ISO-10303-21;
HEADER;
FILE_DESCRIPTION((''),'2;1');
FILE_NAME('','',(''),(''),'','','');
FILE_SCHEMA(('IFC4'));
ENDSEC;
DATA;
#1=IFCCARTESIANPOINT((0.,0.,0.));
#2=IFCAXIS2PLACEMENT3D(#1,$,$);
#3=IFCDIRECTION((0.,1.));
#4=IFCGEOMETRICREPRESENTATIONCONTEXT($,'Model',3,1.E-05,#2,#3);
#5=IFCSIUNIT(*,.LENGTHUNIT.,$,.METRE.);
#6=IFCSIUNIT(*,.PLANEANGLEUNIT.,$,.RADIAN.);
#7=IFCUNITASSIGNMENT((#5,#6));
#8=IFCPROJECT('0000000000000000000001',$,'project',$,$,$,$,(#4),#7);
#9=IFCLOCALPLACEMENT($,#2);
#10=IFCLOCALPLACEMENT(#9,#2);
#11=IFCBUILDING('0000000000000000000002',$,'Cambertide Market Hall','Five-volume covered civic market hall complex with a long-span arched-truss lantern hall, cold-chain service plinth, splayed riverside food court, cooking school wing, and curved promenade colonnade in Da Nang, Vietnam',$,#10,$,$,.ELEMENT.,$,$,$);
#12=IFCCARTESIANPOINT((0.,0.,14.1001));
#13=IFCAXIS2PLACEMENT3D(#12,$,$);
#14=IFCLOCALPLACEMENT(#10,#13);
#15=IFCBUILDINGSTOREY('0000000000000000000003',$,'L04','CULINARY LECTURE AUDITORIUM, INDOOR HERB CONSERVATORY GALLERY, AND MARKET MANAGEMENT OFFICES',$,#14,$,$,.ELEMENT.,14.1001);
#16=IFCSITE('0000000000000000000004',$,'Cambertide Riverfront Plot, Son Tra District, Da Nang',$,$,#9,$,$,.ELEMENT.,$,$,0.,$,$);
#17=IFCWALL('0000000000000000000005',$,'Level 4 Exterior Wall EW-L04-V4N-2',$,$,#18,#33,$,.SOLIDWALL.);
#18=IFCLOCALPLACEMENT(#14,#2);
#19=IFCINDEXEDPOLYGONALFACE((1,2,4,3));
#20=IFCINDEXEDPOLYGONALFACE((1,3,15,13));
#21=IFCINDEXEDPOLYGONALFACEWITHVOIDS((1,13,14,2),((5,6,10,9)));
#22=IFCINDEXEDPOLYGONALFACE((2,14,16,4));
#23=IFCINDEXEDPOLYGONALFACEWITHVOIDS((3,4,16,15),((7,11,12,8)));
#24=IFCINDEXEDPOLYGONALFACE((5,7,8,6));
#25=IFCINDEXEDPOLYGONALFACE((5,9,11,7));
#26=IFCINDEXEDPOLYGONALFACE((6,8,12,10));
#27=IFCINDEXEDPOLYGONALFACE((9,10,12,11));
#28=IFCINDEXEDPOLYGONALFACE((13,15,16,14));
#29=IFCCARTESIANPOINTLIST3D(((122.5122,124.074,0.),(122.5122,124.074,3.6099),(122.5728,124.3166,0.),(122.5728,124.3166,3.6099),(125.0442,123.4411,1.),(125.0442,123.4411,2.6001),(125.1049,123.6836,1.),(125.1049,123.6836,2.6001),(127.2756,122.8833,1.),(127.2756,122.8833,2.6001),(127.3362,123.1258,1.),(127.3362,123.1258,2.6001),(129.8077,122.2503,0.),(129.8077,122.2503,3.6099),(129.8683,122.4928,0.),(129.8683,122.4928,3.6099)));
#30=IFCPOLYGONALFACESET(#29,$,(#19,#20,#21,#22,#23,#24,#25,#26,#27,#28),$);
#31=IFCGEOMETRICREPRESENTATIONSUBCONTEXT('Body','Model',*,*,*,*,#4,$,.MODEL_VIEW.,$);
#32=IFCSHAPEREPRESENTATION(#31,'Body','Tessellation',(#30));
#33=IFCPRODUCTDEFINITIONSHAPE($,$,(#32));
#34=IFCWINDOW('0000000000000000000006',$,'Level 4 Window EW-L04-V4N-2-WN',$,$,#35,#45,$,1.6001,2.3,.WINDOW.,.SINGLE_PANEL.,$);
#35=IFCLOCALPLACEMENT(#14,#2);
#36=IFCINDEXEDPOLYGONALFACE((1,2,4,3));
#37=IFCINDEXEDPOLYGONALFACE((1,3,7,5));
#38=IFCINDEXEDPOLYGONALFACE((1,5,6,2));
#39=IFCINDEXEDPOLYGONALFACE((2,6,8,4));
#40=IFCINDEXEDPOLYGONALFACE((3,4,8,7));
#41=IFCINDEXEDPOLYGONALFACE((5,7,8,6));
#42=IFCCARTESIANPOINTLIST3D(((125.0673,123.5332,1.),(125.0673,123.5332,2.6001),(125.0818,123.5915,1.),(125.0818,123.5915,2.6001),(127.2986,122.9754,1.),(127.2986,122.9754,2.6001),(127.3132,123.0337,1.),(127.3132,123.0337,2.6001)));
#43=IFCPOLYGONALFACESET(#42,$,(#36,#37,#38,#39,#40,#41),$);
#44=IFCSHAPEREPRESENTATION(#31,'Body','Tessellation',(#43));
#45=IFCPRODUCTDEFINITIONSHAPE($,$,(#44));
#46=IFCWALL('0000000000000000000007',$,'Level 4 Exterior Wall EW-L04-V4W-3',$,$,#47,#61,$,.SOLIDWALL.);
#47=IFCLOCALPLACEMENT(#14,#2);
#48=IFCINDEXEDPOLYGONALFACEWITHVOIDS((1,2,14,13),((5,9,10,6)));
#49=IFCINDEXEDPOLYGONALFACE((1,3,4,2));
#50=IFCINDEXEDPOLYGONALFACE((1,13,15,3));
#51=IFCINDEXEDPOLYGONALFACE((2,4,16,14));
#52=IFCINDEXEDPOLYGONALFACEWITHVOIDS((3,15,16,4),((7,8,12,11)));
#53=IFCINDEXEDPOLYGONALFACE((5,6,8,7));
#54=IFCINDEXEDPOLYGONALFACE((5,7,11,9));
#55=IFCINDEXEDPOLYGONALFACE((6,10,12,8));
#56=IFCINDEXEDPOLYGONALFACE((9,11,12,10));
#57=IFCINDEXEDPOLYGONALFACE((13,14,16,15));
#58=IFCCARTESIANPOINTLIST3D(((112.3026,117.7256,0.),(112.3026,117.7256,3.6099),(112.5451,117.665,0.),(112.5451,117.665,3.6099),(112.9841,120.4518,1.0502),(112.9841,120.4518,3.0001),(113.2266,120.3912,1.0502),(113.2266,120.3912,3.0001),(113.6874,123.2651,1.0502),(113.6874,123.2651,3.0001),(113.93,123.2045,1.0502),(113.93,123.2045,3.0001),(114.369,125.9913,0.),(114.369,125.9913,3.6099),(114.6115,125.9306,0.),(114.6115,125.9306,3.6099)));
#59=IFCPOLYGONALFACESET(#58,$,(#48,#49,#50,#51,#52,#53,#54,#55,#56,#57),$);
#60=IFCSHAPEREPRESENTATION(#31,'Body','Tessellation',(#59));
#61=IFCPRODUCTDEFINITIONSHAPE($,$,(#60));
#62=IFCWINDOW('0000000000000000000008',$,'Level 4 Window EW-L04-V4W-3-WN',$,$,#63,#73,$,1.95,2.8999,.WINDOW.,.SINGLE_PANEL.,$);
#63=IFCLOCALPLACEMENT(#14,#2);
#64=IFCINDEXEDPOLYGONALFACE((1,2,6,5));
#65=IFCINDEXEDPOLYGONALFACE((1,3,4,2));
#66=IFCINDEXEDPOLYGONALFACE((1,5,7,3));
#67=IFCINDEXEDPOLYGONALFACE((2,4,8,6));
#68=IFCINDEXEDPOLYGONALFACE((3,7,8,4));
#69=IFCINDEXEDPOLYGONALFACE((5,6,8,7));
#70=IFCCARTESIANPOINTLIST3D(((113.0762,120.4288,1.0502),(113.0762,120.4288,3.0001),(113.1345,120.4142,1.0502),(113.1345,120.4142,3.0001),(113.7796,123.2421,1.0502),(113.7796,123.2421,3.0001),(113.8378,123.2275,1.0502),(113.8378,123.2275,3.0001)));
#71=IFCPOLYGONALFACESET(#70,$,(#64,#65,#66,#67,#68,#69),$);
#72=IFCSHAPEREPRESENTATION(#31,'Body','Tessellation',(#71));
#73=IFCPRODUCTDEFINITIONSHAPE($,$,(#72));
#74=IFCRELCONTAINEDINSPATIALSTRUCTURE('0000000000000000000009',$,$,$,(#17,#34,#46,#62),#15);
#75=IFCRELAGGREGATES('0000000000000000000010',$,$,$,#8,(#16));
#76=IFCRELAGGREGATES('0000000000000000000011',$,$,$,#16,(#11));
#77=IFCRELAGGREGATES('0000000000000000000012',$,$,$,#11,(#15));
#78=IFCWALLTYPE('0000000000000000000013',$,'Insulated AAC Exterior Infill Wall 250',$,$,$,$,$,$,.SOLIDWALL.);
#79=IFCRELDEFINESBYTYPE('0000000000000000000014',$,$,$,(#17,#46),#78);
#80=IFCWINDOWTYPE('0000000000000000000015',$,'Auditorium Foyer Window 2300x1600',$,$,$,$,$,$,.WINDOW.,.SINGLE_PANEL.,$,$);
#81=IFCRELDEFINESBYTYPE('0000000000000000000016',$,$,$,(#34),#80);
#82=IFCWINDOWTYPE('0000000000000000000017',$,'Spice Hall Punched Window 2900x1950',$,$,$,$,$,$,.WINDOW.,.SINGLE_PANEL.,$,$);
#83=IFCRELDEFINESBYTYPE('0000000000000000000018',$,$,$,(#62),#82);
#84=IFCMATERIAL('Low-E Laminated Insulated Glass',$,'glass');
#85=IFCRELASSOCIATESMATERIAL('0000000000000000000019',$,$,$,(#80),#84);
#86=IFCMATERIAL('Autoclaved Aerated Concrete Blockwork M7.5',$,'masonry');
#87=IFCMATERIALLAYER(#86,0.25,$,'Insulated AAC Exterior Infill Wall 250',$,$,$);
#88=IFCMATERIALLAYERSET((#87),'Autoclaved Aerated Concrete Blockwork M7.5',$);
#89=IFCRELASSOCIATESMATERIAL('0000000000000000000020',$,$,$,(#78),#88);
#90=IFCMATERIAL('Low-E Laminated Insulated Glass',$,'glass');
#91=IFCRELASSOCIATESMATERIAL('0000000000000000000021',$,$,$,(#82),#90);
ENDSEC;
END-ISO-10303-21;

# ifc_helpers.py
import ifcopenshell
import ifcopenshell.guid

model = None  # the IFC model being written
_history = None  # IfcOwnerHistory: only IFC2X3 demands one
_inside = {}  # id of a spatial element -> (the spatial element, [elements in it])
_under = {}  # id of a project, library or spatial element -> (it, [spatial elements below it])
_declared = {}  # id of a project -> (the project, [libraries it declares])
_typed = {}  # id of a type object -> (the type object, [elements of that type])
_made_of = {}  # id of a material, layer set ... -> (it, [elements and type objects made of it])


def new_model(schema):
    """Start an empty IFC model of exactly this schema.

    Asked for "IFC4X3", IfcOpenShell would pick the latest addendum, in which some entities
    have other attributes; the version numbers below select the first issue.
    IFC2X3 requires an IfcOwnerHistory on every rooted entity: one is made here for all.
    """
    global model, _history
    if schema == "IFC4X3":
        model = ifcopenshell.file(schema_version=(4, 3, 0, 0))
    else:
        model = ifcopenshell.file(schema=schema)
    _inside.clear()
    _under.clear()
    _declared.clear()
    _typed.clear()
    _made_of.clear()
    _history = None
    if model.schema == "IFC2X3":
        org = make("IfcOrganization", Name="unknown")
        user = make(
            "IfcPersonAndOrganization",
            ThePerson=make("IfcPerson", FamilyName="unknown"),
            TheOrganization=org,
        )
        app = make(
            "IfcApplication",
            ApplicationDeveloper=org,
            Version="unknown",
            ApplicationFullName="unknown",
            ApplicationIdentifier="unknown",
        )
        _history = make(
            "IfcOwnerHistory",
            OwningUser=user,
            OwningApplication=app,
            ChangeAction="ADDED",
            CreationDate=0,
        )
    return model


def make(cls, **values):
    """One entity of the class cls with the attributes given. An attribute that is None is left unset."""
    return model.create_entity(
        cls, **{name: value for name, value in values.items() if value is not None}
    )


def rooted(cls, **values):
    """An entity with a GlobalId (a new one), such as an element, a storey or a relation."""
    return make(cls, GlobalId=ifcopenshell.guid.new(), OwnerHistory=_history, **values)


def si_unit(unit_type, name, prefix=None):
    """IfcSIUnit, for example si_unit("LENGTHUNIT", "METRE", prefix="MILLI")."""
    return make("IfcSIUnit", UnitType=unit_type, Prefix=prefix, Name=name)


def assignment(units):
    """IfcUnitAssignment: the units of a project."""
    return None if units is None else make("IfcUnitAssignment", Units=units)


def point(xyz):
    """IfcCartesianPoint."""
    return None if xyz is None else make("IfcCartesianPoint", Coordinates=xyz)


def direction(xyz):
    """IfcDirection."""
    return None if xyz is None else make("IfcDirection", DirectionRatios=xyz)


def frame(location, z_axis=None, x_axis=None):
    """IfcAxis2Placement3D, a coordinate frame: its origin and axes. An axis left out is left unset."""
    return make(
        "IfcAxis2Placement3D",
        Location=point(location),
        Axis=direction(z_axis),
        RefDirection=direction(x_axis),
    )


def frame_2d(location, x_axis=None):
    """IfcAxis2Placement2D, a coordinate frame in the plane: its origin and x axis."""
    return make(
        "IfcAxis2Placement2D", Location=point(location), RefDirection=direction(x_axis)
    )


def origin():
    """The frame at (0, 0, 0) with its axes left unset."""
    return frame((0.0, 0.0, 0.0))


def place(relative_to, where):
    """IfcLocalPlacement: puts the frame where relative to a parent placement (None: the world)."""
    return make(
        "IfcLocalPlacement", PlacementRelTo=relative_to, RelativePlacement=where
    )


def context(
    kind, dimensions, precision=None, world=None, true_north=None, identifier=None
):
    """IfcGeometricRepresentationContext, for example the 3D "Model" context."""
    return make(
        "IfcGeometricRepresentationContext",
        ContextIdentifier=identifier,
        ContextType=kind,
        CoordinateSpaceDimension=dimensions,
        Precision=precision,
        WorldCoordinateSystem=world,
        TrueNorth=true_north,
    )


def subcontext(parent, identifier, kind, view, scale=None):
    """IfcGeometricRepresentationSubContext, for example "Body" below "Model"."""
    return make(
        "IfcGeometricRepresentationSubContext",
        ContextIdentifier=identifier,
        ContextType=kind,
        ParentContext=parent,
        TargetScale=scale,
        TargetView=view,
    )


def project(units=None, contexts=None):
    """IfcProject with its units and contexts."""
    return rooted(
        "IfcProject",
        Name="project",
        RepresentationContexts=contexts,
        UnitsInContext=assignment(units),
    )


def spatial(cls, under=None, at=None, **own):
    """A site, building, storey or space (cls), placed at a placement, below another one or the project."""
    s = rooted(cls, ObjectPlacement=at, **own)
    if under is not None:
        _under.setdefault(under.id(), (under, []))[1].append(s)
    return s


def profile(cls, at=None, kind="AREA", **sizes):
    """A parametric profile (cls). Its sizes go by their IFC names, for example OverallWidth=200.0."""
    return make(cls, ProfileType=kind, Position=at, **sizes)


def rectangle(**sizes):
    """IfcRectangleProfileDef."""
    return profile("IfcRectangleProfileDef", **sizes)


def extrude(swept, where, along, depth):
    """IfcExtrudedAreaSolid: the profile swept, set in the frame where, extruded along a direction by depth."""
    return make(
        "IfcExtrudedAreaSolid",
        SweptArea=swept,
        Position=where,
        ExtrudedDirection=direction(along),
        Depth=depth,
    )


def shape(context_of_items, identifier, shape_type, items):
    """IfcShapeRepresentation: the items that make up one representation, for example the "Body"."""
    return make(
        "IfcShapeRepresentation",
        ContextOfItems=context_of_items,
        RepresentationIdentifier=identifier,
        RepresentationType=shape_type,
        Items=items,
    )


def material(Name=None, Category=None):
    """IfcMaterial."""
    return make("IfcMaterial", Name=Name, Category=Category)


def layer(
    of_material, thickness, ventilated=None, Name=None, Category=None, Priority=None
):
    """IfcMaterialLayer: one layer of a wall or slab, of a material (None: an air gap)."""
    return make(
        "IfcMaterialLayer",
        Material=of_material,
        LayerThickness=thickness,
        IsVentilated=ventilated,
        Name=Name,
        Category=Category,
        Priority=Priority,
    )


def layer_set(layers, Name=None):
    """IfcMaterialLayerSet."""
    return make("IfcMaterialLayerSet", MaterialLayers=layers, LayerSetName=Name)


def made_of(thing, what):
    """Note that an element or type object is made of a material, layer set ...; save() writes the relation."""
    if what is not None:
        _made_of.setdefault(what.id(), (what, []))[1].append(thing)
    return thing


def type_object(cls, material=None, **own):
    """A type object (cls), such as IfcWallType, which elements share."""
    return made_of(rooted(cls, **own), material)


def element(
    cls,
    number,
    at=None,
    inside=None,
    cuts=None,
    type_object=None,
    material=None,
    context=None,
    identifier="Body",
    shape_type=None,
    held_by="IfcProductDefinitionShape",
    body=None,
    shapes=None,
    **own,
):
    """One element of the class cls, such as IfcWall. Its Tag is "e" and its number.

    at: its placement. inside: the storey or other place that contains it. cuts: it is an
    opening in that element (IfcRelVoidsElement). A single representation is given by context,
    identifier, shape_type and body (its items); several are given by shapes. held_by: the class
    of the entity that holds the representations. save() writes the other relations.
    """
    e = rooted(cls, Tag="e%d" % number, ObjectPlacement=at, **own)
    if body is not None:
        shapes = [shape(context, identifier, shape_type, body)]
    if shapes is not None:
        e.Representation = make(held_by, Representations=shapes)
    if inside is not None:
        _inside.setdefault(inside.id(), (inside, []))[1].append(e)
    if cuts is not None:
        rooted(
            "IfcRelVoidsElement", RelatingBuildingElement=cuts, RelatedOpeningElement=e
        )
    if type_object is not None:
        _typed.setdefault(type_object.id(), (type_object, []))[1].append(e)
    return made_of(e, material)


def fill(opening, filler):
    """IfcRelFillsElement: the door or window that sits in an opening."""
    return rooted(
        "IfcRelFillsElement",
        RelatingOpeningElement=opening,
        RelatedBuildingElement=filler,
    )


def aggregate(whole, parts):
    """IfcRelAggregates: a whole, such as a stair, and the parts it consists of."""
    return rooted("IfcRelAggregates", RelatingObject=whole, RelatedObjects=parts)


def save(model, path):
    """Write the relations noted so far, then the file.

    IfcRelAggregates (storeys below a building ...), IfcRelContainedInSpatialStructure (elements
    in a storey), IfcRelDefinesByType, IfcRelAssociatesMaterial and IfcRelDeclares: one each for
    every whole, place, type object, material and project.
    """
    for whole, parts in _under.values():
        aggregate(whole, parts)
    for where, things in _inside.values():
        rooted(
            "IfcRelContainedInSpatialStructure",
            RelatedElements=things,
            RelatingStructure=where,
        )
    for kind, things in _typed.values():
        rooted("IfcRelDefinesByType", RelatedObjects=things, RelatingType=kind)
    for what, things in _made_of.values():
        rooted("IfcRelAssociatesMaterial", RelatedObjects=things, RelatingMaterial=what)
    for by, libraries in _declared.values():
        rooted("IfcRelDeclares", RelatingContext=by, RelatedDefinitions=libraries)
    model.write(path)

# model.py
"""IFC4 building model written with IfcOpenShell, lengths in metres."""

from ifc_helpers import new_model, si_unit, direction, frame, frame_2d, origin, place, context, subcontext, project, spatial, rectangle, extrude, material, layer, layer_set, type_object, element, fill, save


model = new_model("IFC4")

# Units and contexts
model_context = context("Model", 3, precision=1e-05, world=origin(), true_north=direction((0.0, 1.0)))
body_context = subcontext(model_context, "Body", "Model", "MODEL_VIEW")
ifc_project = project(units=[si_unit("LENGTHUNIT", "METRE"), si_unit("PLANEANGLEUNIT", "RADIAN")], contexts=[model_context])

# Site, building, storey
site_placement = place(None, origin())
site = spatial("IfcSite", under=ifc_project, at=site_placement, Name="Cambertide Riverfront Plot, Son Tra District, Da Nang", CompositionType="ELEMENT", RefElevation=0.0)
building_placement = place(site_placement, origin())
building = spatial("IfcBuilding", under=site, at=building_placement, Name="Cambertide Market Hall", Description="Five-volume covered civic market hall complex with a long-span arched-truss lantern hall, cold-chain service plinth, splayed riverside food court, cooking school wing, and curved promenade colonnade in Da Nang, Vietnam", CompositionType="ELEMENT")
storey_placement = place(building_placement, frame((0.0, 0.0, 14.1001)))
storey = spatial("IfcBuildingStorey", under=building, at=storey_placement, Name="L04", Description="CULINARY LECTURE AUDITORIUM, INDOOR HERB CONSERVATORY GALLERY, AND MARKET MANAGEMENT OFFICES", CompositionType="ELEMENT", Elevation=14.1001)

# Walls, openings, windows
ifc_material_1 = material(Name="Low-E Laminated Insulated Glass", Category="glass")
window_type_1 = type_object("IfcWindowType", Name="Auditorium Foyer Window 2300x1600", PartitioningType="SINGLE_PANEL", PredefinedType="WINDOW", material=ifc_material_1)
ifc_material_2 = material(Name="Autoclaved Aerated Concrete Blockwork M7.5", Category="masonry")
ifc_layer_1 = layer(ifc_material_2, 0.25, Name="Insulated AAC Exterior Infill Wall 250")
ifc_layer_set_1 = layer_set([ifc_layer_1], Name="Autoclaved Aerated Concrete Blockwork M7.5")
wall_type_1 = type_object("IfcWallType", Name="Insulated AAC Exterior Infill Wall 250", PredefinedType="SOLIDWALL", material=ifc_layer_set_1)
wall_1_placement = place(storey_placement, frame((122.5425, 124.1953, 0.0), z_axis=(0.0, 0.0, 1.0), x_axis=(0.970146, -0.24252, 0.0)))
wall_1 = element("IfcWall", 1, at=wall_1_placement, inside=storey, type_object=wall_type_1, Name="Level 4 Exterior Wall EW-L04-V4N-2", PredefinedType="SOLIDWALL", context=body_context, shape_type="SweptSolid", body=[
    extrude(rectangle(XDim=7.52, YDim=0.25, at=frame_2d((3.76, 0.0))), origin(), (0.0, 0.0, 1.0), 3.6099),
])
opening_1_placement = place(wall_1_placement, frame((2.6101, 0.0, 1.0)))
opening_1 = element("IfcOpeningElement", 2, at=opening_1_placement, cuts=wall_1, PredefinedType="OPENING", context=body_context, shape_type="SweptSolid", body=[
    extrude(rectangle(XDim=2.3, YDim=1.6001, at=frame_2d((1.1499, 0.8))), frame((0.0, 0.135, 0.0), z_axis=(0.0, -1.0, 0.0), x_axis=(1.0, 0.0, 0.0)), (0.0, 0.0, 1.0), 0.27),
])
window_1_placement = place(opening_1_placement, origin())
window_1 = element("IfcWindow", 3, at=window_1_placement, inside=storey, type_object=window_type_1, Name="Level 4 Window EW-L04-V4N-2-WN", OverallHeight=1.6001, OverallWidth=2.3, PartitioningType="SINGLE_PANEL", PredefinedType="WINDOW", context=body_context, shape_type="SweptSolid", body=[
    extrude(rectangle(XDim=2.3, YDim=1.6001, at=frame_2d((1.1499, 0.8))), frame((0.0, 0.03, 0.0), z_axis=(0.0, -1.0, 0.0), x_axis=(1.0, 0.0, 0.0)), (0.0, 0.0, 1.0), 0.0601),
])
fill(opening_1, window_1)
wall_2_placement = place(storey_placement, frame((112.4238, 117.6953, 0.0), z_axis=(0.0, 0.0, 1.0), x_axis=(0.242536, 0.970143, 0.0)))
wall_2 = element("IfcWall", 4, at=wall_2_placement, inside=storey, type_object=wall_type_1, Name="Level 4 Exterior Wall EW-L04-V4W-3", PredefinedType="SOLIDWALL", context=body_context, shape_type="SweptSolid", body=[
    extrude(rectangle(XDim=8.52, YDim=0.25, at=frame_2d((4.26, 0.0))), origin(), (0.0, 0.0, 1.0), 3.6099),
])
opening_2_placement = place(wall_2_placement, frame((2.8101, 0.0, 1.05)))
opening_2 = element("IfcOpeningElement", 5, at=opening_2_placement, cuts=wall_2, PredefinedType="OPENING", context=body_context, shape_type="SweptSolid", body=[
    extrude(rectangle(XDim=2.8999, YDim=1.95, at=frame_2d((1.45, 0.9751))), frame((0.0, 0.135, 0.0), z_axis=(0.0, -1.0, 0.0), x_axis=(1.0, 0.0, 0.0)), (0.0, 0.0, 1.0), 0.27),
])
ifc_material_3 = material(Name="Low-E Laminated Insulated Glass", Category="glass")
window_type_2 = type_object("IfcWindowType", Name="Spice Hall Punched Window 2900x1950", PartitioningType="SINGLE_PANEL", PredefinedType="WINDOW", material=ifc_material_3)
window_2_placement = place(opening_2_placement, origin())
window_2 = element("IfcWindow", 6, at=window_2_placement, inside=storey, type_object=window_type_2, Name="Level 4 Window EW-L04-V4W-3-WN", OverallHeight=1.95, OverallWidth=2.8999, PartitioningType="SINGLE_PANEL", PredefinedType="WINDOW", context=body_context, shape_type="SweptSolid", body=[
    extrude(rectangle(XDim=2.8999, YDim=1.95, at=frame_2d((1.45, 0.9751))), frame((0.0, 0.03, 0.0), z_axis=(0.0, -1.0, 0.0), x_axis=(1.0, 0.0, 0.0)), (0.0, 0.0, 1.0), 0.0601),
])
fill(opening_2, window_2)

save(model, "model.ifc")
